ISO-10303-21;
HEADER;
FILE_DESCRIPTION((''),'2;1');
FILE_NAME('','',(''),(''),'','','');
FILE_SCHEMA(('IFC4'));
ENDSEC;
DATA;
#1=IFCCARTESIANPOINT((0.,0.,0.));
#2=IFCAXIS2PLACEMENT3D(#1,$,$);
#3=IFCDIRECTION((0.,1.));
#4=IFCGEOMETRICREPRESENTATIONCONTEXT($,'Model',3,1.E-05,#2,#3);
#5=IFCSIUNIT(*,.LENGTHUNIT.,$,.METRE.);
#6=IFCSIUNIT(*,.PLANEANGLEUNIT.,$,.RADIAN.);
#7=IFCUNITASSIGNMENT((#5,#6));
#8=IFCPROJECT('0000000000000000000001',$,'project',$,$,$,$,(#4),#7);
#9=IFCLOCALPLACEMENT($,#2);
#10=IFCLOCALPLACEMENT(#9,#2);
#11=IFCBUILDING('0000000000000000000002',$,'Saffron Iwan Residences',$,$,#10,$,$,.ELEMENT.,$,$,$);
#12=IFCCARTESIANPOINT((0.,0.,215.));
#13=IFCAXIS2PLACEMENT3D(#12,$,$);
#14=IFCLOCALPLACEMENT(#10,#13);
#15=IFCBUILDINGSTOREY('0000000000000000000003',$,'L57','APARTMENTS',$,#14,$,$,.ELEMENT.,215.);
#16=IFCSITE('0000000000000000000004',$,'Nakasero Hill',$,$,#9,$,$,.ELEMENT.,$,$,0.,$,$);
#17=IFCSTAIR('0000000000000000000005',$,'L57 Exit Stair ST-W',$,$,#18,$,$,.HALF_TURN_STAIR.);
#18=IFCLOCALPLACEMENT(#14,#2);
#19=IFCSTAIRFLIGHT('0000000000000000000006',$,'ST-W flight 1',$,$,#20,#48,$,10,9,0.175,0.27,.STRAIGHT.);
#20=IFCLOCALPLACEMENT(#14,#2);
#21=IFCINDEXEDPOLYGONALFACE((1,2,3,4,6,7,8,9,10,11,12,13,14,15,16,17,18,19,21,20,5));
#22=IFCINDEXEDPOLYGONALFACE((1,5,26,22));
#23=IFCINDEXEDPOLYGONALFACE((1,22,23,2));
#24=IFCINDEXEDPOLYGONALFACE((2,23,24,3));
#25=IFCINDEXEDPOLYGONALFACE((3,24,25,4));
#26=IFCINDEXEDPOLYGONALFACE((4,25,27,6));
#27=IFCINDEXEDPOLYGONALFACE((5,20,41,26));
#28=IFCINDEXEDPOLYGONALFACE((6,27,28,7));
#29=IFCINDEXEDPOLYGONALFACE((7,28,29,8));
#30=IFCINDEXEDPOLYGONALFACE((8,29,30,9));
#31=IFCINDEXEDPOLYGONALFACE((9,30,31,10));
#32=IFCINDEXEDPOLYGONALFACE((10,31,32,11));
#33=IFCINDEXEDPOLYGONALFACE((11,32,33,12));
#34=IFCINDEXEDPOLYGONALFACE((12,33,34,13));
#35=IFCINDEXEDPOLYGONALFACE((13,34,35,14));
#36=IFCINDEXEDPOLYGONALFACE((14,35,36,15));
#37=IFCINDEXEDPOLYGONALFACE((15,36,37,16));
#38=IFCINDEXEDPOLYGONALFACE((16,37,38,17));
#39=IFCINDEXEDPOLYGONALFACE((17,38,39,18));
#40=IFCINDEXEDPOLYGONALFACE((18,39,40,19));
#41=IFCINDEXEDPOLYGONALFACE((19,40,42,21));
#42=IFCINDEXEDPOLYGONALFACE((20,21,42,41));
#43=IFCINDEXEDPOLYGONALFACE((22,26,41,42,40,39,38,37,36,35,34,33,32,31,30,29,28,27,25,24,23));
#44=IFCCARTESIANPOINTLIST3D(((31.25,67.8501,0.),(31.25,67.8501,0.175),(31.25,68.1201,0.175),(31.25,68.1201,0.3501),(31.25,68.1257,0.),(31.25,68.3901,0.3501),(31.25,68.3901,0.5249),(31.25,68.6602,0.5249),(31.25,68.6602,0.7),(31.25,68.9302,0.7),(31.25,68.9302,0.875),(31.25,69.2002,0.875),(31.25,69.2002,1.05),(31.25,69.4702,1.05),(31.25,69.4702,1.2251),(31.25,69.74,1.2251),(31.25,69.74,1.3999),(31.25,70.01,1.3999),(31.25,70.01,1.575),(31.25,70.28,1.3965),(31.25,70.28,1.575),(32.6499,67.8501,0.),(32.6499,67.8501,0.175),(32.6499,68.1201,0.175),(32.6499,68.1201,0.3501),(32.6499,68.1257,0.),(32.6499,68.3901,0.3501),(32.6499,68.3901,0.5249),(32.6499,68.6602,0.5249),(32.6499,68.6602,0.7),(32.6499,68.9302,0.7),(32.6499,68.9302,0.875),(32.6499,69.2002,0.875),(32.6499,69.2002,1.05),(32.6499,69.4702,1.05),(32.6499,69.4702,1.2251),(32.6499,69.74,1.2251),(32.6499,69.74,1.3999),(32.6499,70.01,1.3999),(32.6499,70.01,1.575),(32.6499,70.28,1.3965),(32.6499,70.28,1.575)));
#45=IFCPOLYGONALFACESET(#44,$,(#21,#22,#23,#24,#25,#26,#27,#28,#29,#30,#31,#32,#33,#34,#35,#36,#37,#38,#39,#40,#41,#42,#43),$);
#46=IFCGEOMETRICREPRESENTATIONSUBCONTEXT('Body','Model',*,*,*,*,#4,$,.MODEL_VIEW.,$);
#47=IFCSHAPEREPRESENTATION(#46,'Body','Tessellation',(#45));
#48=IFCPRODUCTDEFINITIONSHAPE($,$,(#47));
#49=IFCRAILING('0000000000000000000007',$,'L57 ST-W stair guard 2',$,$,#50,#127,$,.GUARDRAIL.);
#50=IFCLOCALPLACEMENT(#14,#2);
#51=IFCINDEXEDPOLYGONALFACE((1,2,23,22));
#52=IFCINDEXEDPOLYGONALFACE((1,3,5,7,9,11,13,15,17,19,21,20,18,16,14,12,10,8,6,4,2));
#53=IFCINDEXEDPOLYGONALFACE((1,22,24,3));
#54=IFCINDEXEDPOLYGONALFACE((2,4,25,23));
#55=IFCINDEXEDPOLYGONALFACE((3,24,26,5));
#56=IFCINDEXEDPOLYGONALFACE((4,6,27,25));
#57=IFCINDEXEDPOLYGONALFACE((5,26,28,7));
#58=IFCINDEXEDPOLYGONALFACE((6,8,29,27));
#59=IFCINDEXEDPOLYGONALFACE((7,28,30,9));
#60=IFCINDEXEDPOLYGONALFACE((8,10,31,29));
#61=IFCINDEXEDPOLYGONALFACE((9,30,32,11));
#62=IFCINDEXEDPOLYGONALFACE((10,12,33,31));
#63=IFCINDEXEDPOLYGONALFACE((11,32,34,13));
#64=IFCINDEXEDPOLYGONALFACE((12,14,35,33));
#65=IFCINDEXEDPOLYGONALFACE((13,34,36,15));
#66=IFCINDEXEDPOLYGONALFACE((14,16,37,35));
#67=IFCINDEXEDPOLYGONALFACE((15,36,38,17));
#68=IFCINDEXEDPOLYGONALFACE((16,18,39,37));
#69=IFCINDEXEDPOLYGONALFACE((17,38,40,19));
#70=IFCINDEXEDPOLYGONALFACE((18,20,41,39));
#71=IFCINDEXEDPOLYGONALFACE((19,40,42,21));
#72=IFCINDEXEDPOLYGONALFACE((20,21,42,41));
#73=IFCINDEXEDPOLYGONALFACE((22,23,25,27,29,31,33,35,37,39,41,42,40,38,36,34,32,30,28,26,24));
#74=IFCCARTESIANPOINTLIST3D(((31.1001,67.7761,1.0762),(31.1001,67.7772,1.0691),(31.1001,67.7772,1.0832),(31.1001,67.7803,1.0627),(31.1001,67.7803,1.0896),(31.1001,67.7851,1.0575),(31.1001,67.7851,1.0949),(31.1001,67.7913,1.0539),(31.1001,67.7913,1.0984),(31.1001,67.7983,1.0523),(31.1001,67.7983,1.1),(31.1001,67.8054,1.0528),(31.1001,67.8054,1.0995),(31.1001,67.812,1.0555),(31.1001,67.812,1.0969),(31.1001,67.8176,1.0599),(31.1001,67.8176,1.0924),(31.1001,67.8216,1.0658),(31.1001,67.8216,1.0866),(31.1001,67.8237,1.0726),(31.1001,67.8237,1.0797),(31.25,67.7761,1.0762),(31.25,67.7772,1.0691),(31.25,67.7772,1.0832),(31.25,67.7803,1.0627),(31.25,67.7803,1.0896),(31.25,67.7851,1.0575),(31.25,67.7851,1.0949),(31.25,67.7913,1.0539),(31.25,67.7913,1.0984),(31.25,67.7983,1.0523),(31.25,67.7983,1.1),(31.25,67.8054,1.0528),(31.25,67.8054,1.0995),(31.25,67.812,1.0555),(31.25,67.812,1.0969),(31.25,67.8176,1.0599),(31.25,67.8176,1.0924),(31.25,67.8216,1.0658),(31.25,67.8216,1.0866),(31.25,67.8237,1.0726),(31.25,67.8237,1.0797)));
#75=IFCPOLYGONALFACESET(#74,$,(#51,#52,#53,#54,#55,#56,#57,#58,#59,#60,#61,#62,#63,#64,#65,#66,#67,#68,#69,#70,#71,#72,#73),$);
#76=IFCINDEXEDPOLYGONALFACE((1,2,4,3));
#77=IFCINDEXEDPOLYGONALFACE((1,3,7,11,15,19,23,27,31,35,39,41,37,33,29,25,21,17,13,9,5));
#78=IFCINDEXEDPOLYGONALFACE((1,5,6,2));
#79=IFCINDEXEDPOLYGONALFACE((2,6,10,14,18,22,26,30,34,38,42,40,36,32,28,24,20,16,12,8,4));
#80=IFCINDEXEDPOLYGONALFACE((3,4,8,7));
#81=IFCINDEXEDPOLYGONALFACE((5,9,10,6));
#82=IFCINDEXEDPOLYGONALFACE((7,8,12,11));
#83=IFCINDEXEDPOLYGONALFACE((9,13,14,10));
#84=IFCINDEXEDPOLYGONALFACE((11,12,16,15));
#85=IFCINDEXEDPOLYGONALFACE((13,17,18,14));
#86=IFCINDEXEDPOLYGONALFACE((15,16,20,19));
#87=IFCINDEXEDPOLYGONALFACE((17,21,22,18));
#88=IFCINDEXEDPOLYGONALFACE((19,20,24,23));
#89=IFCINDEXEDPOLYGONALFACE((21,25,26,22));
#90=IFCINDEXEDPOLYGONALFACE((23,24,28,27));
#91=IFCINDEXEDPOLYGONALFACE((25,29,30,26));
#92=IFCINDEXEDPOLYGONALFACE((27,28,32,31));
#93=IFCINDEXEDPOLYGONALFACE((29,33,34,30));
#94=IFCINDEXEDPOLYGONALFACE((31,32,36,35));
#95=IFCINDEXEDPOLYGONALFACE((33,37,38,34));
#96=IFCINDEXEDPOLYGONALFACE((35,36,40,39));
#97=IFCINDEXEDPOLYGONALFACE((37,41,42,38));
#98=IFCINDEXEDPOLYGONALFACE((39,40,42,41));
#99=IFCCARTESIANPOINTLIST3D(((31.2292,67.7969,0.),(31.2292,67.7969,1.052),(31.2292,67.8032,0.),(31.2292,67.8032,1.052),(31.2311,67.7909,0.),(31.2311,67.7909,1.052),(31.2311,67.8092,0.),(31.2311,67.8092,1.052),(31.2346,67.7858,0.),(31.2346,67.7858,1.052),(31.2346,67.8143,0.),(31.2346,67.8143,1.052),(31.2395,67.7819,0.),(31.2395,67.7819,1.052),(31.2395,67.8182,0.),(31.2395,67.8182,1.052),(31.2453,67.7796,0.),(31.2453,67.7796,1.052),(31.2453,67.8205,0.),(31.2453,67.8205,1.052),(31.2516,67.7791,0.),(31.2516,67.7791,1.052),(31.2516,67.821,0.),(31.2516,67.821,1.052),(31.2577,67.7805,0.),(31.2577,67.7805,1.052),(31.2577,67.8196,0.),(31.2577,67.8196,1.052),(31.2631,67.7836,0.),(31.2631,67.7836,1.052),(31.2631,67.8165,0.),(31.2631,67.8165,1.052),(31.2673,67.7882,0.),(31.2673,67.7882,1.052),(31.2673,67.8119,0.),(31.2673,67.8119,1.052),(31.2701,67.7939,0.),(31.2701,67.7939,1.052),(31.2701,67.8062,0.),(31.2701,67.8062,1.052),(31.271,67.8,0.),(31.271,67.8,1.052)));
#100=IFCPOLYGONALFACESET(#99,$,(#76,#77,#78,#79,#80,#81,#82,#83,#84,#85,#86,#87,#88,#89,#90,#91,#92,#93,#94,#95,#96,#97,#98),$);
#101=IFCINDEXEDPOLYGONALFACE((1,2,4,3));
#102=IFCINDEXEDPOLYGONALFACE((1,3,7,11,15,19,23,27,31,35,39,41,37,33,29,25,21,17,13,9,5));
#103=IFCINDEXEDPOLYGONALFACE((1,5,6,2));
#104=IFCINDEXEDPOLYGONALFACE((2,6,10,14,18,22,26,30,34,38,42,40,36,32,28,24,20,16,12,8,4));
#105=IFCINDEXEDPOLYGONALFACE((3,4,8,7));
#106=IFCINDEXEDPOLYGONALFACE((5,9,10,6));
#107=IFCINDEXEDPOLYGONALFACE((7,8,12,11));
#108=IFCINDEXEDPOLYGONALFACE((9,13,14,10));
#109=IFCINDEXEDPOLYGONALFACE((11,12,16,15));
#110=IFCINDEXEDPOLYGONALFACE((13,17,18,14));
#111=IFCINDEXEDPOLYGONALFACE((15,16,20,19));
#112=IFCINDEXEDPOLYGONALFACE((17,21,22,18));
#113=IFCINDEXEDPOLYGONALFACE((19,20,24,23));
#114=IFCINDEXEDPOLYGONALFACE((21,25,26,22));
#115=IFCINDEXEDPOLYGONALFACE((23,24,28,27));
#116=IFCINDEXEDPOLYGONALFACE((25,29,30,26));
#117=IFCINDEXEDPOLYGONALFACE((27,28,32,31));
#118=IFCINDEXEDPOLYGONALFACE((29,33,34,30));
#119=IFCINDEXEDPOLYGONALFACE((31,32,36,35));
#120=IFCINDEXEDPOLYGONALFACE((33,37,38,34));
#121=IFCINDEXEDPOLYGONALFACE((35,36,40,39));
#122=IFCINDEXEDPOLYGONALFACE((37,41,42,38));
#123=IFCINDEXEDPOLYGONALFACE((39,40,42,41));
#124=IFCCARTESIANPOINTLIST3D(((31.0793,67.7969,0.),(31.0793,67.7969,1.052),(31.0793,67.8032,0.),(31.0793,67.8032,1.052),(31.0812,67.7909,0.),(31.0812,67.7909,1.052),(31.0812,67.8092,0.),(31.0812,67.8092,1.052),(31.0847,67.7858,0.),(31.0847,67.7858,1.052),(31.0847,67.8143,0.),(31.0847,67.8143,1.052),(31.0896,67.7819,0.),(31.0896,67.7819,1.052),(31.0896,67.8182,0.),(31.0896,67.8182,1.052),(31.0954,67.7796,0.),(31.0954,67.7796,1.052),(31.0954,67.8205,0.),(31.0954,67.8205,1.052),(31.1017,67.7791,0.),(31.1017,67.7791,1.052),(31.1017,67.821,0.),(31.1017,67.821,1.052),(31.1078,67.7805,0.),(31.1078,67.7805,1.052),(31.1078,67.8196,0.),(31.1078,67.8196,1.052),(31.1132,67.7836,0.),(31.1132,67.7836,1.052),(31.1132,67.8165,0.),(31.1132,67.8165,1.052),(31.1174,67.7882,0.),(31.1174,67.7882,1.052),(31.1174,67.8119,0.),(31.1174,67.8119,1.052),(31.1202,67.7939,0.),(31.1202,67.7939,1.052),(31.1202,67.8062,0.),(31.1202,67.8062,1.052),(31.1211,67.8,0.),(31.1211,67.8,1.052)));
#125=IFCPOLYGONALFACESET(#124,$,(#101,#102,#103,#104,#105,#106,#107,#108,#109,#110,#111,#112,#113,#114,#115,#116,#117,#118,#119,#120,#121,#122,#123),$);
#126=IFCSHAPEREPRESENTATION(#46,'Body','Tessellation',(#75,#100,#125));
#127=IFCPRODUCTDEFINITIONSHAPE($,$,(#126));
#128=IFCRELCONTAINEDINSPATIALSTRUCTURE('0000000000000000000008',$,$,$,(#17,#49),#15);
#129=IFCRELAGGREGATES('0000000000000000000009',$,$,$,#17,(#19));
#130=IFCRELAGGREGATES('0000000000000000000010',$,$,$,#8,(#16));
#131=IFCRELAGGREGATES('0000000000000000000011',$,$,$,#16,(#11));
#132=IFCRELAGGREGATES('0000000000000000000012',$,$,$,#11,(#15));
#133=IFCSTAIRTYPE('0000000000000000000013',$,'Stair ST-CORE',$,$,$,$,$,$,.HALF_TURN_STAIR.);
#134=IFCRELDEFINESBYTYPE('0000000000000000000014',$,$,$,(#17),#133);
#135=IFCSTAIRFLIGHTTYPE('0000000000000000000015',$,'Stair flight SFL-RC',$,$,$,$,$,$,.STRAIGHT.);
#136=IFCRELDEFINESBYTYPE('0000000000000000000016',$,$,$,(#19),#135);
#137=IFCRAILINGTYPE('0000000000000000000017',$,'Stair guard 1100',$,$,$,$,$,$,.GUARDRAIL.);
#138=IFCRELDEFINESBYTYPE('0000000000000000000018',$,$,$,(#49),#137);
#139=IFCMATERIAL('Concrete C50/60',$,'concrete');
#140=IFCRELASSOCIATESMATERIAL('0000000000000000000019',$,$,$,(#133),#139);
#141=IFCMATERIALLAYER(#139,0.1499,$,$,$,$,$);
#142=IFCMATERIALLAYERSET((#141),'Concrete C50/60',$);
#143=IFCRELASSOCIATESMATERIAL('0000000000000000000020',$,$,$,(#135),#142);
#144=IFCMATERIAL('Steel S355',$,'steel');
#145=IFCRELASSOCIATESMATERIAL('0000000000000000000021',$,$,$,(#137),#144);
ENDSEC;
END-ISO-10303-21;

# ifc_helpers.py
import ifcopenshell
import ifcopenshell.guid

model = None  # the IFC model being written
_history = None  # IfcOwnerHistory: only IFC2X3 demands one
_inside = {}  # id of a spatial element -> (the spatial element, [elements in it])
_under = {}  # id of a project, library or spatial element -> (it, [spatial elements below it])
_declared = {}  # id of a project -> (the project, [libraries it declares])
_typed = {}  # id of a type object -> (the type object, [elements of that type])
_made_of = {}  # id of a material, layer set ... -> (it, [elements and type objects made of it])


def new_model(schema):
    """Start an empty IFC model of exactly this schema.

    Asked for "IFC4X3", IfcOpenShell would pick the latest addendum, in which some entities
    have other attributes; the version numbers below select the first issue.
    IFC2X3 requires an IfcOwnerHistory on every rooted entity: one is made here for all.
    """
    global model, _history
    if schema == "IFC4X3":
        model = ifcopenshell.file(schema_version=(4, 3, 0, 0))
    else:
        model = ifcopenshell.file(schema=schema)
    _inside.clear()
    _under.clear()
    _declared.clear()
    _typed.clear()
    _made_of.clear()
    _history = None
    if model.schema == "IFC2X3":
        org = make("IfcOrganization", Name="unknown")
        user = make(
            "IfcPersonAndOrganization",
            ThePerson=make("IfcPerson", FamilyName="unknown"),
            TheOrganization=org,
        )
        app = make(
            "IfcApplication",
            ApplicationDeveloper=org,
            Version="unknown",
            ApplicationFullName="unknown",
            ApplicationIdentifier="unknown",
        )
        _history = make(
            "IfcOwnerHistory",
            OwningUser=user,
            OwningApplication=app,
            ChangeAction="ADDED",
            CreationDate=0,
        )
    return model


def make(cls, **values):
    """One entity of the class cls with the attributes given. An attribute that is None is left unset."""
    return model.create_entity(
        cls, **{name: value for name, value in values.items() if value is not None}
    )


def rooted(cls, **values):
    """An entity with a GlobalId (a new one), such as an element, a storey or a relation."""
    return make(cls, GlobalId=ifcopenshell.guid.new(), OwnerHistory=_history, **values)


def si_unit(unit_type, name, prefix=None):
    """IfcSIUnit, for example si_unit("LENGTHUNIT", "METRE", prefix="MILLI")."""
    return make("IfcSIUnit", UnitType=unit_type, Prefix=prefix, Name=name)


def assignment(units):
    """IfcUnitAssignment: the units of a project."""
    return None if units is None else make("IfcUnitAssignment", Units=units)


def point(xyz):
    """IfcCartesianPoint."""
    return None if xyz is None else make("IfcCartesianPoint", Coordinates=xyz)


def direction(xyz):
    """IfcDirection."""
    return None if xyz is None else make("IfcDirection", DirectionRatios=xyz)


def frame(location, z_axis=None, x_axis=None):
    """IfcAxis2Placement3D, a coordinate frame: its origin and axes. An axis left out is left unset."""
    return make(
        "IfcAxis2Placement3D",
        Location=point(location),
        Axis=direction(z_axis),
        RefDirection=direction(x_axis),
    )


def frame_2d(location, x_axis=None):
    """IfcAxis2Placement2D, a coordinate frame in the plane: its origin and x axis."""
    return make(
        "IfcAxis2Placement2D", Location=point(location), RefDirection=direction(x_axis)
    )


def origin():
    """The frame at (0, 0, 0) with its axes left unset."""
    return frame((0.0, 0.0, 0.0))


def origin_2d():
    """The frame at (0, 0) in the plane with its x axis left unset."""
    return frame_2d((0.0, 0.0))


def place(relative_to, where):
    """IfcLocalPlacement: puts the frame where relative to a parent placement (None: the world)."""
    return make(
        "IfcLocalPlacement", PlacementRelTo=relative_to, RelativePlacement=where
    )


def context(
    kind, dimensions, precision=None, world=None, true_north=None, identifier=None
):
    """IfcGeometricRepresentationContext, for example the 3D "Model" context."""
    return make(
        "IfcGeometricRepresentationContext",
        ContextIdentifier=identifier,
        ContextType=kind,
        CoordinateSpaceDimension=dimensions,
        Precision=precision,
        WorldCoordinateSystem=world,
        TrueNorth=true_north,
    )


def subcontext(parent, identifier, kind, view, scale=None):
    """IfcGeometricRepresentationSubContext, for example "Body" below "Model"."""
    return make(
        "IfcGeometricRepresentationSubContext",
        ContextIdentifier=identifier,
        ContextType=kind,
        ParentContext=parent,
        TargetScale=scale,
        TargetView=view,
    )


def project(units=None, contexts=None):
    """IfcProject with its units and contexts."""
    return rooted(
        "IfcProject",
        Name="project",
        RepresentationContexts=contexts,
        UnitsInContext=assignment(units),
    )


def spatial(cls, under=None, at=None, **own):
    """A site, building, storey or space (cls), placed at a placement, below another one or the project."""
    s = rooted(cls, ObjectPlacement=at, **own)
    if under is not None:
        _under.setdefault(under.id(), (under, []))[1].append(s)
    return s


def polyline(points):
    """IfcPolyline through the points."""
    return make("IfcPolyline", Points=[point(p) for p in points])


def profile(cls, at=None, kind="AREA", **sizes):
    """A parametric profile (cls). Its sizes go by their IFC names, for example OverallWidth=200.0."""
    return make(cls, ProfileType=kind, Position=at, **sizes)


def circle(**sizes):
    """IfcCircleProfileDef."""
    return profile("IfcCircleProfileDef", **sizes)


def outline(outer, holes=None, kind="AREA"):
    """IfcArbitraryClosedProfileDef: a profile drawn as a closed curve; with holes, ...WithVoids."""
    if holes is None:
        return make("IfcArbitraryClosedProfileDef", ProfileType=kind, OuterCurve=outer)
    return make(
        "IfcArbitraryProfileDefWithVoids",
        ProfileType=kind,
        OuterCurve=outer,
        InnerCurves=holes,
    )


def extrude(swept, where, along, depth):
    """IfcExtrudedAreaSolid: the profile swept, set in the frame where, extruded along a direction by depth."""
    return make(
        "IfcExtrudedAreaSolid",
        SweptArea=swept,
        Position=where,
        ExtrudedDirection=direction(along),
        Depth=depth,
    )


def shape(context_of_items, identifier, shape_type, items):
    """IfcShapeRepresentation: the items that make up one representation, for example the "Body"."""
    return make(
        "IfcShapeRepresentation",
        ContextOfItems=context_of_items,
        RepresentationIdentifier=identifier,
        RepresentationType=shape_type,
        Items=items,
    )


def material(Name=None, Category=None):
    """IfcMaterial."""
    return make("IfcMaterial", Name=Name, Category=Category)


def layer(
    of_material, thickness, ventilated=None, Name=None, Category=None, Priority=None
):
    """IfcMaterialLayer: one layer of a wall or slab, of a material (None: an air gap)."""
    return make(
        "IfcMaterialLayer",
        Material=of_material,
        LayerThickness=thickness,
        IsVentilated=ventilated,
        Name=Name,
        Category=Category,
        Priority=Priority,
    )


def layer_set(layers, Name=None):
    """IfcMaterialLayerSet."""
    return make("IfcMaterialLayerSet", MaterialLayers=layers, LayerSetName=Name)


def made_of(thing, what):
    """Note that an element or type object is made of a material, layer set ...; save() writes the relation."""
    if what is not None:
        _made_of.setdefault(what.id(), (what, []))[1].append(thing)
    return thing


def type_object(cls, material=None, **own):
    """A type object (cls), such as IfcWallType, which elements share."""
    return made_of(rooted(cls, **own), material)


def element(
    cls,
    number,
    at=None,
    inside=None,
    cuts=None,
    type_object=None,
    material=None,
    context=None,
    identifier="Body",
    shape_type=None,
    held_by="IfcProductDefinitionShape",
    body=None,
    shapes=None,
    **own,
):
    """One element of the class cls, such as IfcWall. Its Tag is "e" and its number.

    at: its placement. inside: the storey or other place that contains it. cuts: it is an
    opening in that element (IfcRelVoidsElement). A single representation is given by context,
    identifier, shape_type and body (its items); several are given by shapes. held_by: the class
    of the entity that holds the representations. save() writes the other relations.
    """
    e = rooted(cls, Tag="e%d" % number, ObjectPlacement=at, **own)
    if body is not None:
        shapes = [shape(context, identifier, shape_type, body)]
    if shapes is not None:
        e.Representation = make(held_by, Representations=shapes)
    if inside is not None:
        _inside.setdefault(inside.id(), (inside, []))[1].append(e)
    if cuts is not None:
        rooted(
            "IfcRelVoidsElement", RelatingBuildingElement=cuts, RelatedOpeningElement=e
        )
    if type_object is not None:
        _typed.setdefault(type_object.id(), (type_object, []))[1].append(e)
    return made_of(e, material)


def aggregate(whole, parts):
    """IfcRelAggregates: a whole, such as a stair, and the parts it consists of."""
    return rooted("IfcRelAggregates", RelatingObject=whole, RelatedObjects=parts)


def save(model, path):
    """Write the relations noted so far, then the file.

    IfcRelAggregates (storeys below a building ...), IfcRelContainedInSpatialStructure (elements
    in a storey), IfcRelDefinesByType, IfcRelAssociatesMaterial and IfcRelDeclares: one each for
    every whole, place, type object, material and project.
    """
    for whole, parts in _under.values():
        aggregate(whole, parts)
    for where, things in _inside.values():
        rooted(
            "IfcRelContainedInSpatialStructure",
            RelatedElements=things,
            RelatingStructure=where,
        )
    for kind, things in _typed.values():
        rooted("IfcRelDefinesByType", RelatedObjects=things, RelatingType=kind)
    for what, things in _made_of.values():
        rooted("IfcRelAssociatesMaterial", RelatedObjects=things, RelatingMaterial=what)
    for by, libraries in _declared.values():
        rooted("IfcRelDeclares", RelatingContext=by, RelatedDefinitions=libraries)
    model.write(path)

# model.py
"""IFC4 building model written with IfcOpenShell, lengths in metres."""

from ifc_helpers import new_model, si_unit, direction, frame, origin, origin_2d, place, context, subcontext, project, spatial, polyline, circle, outline, extrude, material, layer, layer_set, type_object, element, aggregate, save


model = new_model("IFC4")

# Units and contexts
model_context = context("Model", 3, precision=1e-05, world=origin(), true_north=direction((0.0, 1.0)))
body_context = subcontext(model_context, "Body", "Model", "MODEL_VIEW")
ifc_project = project(units=[si_unit("LENGTHUNIT", "METRE"), si_unit("PLANEANGLEUNIT", "RADIAN")], contexts=[model_context])

# Site, building, storey
site_placement = place(None, origin())
site = spatial("IfcSite", under=ifc_project, at=site_placement, Name="Nakasero Hill", CompositionType="ELEMENT", RefElevation=0.0)
building_placement = place(site_placement, origin())
building = spatial("IfcBuilding", under=site, at=building_placement, Name="Saffron Iwan Residences", CompositionType="ELEMENT")
storey_placement = place(building_placement, frame((0.0, 0.0, 215.0)))
storey = spatial("IfcBuildingStorey", under=building, at=storey_placement, Name="L57", Description="APARTMENTS", CompositionType="ELEMENT", Elevation=215.0)

# Stair, stair flight
ifc_material_1 = material(Name="Concrete C50/60", Category="concrete")
stair_type = type_object("IfcStairType", Name="Stair ST-CORE", PredefinedType="HALF_TURN_STAIR", material=ifc_material_1)
stair_placement = place(storey_placement, origin())
stair = element("IfcStair", 1, at=stair_placement, inside=storey, type_object=stair_type, Name="L57 Exit Stair ST-W", PredefinedType="HALF_TURN_STAIR")
ifc_layer_1 = layer(ifc_material_1, 0.1499)
ifc_layer_set_1 = layer_set([ifc_layer_1], Name="Concrete C50/60")
stair_flight_type = type_object("IfcStairFlightType", Name="Stair flight SFL-RC", PredefinedType="STRAIGHT", material=ifc_layer_set_1)
stair_flight_placement = place(storey_placement, frame((31.95, 67.8501, 0.0), z_axis=(0.0, 0.0, 1.0), x_axis=(0.0, 1.0, 0.0)))
stair_flight = element("IfcStairFlight", 2, at=stair_flight_placement, type_object=stair_flight_type, Name="ST-W flight 1", NumberOfRisers=10, NumberOfTreads=9, PredefinedType="STRAIGHT", RiserHeight=0.175, TreadLength=0.27, context=body_context, shape_type="SweptSolid", body=[
    extrude(outline(polyline([(0.0, 0.0), (0.0, 0.175), (0.27, 0.175), (0.27, 0.3501), (0.54, 0.3501), (0.54, 0.5249), (0.8101, 0.5249), (0.8101, 0.7), (1.0801, 0.7), (1.0801, 0.875), (1.3501, 0.875), (1.3501, 1.05), (1.6201, 1.05), (1.6201, 1.2251), (1.8899, 1.2251), (1.8899, 1.3999), (2.1599, 1.3999), (2.1599, 1.575), (2.4299, 1.575), (2.4299, 1.75), (2.4299, 1.3965), (0.2756, 0.0), (0.0, 0.0)])), frame((0.0, 0.7, 0.0), z_axis=(0.0, -1.0, 0.0), x_axis=(1.0, 0.0, 0.0)), (0.0, 0.0, 1.0), 1.3999),
])
aggregate(stair, [stair_flight])

# Railing
ifc_material_2 = material(Name="Steel S355", Category="steel")
railing_type_1 = type_object("IfcRailingType", Name="Stair guard 1100", PredefinedType="GUARDRAIL", material=ifc_material_2)
railing_1_placement = place(storey_placement, frame((31.25, 67.8, 0.0)))
element("IfcRailing", 3, at=railing_1_placement, inside=storey, type_object=railing_type_1, Name="L57 ST-W stair guard 2", PredefinedType="GUARDRAIL", context=body_context, shape_type="SweptSolid", body=[
    extrude(circle(Radius=0.0239, at=origin_2d()), frame((0.0, 0.0, 1.0762), z_axis=(-1.0, 0.0, 0.0), x_axis=(0.0, -1.0, 0.0)), (0.0, 0.0, 1.0), 0.1499),
    extrude(circle(Radius=0.021, at=origin_2d()), origin(), (0.0, 0.0, 1.0), 1.052),
    extrude(circle(Radius=0.021, at=origin_2d()), frame((-0.1499, 0.0, 0.0)), (0.0, 0.0, 1.0), 1.052),
])

save(model, "model.ifc")
